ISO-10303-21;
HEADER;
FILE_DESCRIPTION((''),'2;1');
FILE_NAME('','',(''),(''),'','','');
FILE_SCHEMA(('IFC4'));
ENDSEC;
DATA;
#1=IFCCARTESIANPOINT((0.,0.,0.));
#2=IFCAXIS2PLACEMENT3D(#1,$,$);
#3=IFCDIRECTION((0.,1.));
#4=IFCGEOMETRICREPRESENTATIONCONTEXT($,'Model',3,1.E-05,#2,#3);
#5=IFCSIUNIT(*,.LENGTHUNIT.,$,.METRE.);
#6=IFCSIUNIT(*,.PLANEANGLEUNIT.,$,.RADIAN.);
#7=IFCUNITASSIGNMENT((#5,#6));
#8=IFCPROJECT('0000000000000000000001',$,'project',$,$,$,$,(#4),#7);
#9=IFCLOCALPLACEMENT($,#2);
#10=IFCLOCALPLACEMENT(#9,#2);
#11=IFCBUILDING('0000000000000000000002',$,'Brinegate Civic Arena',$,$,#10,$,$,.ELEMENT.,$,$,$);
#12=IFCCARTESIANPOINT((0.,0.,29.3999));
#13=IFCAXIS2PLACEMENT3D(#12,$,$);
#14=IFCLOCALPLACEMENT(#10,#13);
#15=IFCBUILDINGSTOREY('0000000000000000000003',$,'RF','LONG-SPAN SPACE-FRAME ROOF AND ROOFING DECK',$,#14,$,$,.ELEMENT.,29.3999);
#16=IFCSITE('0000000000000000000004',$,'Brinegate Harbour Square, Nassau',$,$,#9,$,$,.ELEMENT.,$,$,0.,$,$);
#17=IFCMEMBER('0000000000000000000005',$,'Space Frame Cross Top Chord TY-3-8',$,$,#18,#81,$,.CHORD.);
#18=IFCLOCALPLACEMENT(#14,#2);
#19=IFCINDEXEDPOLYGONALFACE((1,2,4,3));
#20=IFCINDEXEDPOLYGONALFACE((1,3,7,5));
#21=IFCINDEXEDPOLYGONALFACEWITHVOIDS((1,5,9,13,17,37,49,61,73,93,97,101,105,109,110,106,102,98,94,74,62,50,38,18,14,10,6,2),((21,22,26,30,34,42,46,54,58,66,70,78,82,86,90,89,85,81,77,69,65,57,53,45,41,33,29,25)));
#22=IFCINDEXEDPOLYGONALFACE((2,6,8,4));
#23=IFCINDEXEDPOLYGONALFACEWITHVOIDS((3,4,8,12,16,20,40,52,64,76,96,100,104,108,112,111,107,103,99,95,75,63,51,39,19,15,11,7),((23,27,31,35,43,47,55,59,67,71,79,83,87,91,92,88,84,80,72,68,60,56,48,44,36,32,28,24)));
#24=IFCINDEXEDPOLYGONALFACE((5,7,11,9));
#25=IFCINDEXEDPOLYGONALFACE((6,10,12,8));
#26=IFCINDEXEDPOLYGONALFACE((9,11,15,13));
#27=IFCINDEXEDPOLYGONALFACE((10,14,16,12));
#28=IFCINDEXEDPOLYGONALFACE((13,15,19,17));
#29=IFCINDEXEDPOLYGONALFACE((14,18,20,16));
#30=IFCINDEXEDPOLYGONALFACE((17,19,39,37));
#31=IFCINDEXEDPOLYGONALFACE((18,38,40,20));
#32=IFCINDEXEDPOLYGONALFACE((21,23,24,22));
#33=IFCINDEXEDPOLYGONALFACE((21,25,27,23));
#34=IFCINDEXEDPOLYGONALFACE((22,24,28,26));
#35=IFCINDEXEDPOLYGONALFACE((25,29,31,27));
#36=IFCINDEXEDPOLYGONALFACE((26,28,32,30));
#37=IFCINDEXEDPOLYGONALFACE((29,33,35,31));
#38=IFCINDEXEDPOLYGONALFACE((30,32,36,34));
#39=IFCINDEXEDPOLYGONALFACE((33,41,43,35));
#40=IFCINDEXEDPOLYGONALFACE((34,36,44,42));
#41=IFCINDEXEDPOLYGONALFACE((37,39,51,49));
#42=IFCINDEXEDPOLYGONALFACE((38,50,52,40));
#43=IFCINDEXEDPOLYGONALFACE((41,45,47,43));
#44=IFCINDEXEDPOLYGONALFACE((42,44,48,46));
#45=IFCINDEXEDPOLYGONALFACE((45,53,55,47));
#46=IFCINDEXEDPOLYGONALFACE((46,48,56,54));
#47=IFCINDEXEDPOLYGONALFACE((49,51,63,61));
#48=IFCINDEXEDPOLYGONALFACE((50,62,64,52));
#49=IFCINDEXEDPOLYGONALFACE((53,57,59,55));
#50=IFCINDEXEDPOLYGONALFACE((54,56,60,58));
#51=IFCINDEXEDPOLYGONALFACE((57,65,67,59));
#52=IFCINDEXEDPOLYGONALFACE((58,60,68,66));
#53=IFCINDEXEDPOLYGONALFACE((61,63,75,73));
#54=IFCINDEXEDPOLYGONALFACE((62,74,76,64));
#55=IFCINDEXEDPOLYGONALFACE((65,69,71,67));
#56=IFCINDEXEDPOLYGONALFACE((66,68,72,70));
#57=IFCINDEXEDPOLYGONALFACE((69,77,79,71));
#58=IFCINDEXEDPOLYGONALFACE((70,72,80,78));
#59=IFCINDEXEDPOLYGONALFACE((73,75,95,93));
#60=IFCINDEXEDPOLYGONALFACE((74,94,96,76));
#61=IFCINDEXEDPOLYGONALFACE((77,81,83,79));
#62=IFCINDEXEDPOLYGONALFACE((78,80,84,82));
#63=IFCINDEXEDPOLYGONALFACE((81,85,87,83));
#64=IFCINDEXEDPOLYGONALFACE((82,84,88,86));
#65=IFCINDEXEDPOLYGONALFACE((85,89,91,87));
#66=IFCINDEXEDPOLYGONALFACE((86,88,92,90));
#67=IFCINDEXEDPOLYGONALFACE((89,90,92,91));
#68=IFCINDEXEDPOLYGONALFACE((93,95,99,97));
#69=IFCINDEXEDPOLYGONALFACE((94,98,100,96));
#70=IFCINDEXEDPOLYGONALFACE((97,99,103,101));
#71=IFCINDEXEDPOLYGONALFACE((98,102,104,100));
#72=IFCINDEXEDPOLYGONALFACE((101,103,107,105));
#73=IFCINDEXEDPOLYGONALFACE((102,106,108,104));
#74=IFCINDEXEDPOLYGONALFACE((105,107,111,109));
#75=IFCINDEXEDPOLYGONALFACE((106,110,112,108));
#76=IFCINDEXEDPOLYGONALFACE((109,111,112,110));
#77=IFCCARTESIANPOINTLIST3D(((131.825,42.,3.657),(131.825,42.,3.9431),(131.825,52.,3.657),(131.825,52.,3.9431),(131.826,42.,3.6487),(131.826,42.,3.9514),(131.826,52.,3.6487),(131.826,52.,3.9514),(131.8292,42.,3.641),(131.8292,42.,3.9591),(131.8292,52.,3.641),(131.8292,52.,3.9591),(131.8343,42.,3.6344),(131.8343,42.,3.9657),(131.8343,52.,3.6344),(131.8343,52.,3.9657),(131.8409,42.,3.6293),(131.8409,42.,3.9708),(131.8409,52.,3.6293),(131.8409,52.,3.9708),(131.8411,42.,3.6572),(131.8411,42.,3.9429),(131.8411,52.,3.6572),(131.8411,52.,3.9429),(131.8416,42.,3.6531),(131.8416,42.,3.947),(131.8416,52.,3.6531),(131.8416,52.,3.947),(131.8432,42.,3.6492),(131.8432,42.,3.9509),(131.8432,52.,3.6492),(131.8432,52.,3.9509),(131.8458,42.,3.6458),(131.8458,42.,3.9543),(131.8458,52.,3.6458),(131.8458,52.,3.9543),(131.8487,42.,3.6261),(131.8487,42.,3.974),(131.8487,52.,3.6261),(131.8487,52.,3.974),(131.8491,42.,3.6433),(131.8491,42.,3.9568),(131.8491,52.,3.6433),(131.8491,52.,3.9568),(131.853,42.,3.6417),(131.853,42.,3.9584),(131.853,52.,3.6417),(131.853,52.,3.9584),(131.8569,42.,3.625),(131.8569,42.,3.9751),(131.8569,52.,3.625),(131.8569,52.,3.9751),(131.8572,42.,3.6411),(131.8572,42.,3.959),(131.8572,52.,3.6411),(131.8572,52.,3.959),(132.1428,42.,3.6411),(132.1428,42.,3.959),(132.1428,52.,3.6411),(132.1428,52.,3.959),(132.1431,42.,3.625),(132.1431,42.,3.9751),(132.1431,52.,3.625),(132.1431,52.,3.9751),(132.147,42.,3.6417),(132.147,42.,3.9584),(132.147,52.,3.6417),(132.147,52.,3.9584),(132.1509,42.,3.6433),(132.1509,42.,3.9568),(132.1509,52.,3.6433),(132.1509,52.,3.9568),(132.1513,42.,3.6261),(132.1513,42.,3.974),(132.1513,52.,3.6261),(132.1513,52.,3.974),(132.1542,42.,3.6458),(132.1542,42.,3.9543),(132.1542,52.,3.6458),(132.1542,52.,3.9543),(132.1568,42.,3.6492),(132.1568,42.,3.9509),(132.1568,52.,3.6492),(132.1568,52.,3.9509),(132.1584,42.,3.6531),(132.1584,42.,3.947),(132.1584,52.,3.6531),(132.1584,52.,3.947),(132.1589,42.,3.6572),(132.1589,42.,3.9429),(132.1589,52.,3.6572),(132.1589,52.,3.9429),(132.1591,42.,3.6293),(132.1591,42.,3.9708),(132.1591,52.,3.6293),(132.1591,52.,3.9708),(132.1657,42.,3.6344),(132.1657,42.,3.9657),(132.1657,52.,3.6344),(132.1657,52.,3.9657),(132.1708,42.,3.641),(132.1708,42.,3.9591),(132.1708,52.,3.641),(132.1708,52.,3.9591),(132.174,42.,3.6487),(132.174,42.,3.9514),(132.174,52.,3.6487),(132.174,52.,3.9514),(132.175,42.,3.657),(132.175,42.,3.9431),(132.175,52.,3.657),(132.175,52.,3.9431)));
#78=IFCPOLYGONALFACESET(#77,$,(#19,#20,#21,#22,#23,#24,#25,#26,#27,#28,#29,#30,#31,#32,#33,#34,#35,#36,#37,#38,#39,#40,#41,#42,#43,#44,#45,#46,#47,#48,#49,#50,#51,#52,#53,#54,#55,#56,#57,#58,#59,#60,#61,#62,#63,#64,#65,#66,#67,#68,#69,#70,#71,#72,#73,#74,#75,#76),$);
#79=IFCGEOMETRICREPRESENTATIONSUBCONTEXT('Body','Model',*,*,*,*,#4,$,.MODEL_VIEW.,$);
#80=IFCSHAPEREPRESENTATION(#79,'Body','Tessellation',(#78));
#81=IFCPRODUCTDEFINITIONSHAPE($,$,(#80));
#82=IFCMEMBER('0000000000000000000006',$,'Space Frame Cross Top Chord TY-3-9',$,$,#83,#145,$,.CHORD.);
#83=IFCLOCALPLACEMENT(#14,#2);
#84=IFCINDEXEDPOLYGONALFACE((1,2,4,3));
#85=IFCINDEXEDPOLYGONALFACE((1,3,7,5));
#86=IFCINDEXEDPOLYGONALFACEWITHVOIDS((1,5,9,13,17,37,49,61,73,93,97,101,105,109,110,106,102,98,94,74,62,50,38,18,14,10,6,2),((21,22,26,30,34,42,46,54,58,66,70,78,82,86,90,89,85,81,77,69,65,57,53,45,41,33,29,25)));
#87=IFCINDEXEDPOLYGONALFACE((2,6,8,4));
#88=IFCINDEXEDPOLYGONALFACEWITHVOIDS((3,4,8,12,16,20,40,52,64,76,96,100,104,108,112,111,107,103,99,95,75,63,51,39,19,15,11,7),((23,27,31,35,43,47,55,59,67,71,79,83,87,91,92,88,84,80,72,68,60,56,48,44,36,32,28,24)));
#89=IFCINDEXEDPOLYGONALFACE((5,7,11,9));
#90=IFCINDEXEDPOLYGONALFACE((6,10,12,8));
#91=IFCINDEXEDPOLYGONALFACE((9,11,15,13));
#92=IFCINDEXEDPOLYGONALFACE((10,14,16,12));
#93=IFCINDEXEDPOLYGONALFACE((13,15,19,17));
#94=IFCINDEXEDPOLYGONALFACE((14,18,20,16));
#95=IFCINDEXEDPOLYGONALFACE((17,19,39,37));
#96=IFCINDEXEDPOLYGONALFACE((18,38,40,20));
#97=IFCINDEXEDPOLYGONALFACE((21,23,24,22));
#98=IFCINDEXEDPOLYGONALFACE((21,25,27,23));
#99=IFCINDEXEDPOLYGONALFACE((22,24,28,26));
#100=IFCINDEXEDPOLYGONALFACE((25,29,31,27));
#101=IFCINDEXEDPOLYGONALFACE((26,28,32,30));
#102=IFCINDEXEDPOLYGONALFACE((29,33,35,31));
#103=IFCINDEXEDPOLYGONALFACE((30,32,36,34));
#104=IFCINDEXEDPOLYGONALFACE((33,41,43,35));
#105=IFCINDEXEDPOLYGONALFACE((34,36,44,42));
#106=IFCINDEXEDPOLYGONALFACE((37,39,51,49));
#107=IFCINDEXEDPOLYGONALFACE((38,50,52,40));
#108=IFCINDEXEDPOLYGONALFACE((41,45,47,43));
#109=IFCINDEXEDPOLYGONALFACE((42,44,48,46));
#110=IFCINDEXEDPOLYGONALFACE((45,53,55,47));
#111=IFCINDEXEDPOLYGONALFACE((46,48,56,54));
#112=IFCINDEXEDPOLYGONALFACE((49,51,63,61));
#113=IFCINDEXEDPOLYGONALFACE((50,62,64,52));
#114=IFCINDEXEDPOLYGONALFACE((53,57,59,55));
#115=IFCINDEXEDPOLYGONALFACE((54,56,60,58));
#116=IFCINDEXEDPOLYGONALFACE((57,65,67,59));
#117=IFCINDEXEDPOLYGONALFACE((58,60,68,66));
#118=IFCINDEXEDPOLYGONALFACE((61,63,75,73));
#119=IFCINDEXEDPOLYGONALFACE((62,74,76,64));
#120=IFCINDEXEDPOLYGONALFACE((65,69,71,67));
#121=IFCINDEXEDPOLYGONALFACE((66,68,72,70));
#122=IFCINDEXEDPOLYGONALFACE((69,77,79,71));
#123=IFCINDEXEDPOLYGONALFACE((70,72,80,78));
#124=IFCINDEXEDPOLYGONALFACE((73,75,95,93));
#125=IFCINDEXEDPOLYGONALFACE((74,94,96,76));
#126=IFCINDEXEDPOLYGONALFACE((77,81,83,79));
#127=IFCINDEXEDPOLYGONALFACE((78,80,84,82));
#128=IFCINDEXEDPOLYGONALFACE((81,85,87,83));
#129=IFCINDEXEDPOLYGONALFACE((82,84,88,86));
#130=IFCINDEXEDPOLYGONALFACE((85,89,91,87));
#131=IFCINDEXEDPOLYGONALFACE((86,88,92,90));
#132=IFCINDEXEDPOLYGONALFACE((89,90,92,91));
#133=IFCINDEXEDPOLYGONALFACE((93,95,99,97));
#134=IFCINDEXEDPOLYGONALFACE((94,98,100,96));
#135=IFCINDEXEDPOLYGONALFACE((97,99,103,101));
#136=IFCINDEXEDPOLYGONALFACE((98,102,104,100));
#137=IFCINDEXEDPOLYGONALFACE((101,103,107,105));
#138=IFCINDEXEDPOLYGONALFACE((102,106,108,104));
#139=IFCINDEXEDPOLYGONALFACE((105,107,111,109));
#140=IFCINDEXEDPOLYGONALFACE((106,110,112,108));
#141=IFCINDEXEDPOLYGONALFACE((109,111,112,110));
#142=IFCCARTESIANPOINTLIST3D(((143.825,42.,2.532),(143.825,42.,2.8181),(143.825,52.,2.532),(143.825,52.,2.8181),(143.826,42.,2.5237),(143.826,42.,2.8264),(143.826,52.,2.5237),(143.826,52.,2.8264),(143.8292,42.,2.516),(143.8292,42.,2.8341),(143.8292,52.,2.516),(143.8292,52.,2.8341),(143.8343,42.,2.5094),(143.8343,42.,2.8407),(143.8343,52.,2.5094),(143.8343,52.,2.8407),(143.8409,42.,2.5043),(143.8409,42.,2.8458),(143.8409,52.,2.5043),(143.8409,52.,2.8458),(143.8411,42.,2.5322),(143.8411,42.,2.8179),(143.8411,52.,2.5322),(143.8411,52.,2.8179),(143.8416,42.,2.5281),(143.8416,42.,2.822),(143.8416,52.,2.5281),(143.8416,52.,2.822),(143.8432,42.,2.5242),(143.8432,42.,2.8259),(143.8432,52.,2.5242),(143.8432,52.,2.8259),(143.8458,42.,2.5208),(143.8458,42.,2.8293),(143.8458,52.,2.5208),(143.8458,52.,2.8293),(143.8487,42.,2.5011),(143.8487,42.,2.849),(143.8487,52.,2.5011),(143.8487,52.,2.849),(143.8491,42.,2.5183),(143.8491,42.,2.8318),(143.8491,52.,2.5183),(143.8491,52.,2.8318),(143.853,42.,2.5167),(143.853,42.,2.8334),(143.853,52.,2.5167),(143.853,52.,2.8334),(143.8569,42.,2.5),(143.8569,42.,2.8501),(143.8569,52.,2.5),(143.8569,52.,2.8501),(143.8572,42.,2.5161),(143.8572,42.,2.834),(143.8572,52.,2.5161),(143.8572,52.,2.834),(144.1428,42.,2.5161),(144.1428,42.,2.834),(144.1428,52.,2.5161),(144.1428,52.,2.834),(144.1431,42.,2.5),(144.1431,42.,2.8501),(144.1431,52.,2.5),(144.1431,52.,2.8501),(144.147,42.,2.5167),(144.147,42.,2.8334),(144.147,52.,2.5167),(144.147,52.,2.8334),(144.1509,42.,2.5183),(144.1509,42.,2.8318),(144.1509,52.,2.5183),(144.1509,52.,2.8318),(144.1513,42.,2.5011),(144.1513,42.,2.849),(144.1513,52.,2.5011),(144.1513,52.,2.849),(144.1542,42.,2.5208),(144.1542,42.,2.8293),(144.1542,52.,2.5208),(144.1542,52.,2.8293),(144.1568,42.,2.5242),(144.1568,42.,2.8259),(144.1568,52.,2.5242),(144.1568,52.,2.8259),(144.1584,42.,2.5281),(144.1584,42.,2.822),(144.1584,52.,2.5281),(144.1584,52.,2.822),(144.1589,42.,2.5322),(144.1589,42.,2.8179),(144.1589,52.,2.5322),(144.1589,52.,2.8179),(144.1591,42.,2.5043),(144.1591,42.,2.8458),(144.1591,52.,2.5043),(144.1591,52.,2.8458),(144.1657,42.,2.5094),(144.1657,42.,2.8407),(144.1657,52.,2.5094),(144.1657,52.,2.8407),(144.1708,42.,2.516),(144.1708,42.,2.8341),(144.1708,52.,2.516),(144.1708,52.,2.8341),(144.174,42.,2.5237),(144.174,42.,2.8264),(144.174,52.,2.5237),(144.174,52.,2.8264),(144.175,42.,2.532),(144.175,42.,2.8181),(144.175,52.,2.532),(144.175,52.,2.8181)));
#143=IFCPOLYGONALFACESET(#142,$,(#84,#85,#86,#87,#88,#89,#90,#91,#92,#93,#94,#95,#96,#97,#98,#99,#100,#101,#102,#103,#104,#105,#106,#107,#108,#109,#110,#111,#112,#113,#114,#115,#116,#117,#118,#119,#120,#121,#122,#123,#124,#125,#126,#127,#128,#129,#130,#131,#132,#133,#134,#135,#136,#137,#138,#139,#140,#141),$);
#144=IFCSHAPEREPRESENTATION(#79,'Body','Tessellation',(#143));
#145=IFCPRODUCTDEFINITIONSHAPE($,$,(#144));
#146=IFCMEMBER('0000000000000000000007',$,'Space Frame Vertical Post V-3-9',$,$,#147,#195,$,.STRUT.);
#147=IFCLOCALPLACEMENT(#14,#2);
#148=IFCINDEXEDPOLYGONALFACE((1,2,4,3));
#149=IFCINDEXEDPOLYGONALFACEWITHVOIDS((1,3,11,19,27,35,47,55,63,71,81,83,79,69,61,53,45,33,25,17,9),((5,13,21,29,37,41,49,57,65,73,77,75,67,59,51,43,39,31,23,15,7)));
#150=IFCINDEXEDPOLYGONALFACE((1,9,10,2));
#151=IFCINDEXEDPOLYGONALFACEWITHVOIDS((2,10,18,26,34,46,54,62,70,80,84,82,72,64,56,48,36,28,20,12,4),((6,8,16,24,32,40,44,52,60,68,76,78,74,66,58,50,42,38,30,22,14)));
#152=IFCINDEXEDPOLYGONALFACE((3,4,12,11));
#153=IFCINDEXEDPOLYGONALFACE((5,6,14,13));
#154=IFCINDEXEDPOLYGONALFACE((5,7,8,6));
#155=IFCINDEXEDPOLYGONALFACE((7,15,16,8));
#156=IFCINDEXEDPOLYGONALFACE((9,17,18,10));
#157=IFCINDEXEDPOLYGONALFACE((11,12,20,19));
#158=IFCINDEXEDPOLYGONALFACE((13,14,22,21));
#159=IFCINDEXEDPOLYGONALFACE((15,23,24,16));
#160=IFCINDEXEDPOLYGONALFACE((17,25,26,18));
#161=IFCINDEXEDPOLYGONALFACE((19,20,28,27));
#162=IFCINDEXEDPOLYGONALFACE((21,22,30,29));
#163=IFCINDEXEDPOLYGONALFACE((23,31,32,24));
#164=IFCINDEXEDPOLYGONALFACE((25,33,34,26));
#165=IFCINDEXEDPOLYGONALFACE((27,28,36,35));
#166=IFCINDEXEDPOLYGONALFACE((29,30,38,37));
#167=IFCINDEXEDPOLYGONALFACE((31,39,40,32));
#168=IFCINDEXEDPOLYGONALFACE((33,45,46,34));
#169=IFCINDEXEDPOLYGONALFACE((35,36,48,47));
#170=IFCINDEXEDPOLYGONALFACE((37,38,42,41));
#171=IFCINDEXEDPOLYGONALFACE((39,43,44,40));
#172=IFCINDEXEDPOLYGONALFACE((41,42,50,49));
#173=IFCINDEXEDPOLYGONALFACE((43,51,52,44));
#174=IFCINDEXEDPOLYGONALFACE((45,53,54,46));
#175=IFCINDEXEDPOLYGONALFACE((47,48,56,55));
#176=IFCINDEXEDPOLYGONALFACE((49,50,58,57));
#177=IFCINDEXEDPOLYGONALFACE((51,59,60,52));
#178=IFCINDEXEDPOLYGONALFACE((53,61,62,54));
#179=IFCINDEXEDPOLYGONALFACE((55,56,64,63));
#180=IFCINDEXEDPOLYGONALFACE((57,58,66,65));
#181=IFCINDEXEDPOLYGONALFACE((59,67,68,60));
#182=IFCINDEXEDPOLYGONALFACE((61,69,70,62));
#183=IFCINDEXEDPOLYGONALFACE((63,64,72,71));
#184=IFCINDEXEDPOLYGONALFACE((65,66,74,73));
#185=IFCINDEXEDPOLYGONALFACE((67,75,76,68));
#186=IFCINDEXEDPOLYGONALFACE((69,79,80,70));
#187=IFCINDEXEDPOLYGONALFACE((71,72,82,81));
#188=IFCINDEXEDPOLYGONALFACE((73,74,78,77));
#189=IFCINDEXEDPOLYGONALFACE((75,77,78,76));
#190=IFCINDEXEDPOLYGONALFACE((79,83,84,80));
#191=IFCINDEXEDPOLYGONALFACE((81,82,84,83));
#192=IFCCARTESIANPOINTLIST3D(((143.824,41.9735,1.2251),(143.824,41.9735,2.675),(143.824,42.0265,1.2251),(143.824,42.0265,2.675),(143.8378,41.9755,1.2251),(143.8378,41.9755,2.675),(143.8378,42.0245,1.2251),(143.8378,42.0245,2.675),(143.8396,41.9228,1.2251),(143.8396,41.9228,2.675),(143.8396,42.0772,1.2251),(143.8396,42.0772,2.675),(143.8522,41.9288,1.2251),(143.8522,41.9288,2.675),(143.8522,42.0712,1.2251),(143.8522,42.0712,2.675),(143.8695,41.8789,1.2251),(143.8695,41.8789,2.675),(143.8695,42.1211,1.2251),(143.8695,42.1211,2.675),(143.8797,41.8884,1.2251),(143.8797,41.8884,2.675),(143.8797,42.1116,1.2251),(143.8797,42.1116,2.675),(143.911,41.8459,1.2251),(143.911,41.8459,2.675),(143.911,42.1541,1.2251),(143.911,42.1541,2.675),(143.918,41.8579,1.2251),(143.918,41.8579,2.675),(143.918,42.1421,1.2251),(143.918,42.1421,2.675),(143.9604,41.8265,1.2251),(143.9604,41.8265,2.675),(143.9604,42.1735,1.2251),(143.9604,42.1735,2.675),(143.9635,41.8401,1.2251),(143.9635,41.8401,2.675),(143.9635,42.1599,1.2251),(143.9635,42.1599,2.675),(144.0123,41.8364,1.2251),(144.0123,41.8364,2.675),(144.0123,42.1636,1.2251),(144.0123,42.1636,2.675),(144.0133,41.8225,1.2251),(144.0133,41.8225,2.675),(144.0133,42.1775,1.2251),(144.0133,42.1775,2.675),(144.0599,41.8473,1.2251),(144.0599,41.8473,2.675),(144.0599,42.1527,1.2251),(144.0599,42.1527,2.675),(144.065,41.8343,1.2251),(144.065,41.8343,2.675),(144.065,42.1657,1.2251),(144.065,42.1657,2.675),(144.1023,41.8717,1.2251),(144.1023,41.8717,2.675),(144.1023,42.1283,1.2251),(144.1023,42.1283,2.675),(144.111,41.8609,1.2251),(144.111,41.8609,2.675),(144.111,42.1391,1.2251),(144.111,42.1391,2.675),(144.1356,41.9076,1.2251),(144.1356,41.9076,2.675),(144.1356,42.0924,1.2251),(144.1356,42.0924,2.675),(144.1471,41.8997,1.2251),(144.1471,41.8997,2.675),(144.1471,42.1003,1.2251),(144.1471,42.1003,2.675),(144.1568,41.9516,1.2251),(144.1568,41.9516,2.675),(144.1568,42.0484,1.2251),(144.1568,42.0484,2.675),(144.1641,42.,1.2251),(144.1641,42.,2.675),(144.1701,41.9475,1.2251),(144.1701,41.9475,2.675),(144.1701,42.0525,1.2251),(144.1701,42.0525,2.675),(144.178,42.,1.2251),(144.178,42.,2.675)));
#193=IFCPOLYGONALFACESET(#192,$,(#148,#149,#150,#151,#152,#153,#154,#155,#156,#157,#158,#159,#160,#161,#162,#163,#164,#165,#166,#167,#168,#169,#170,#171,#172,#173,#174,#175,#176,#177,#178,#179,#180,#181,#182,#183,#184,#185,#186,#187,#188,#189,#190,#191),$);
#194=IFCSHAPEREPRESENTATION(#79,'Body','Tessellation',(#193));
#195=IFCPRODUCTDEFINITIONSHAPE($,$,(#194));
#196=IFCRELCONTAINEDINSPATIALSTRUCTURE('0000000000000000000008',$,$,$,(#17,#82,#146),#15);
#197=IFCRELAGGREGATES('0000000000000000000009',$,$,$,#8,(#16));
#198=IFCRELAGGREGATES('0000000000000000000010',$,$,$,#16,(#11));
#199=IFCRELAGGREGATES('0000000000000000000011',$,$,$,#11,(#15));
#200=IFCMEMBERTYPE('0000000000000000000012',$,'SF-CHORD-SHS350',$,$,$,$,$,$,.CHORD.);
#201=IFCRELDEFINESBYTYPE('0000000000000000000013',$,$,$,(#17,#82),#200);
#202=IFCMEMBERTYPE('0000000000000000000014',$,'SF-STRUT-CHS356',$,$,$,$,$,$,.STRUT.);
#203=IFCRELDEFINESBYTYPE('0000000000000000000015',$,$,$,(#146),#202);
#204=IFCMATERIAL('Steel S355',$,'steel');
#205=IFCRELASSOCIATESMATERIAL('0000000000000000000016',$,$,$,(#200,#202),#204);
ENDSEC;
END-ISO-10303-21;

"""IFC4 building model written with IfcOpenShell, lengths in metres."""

from ifc_helpers import new_model, si_unit, direction, frame, origin, origin_2d, place, context, subcontext, project, spatial, hollow_rectangle, hollow_circle, extrude, material, material_profile, profile_set, type_object, element, save


model = new_model("IFC4")

# Units and contexts
model_context = context("Model", 3, precision=1e-05, world=origin(), true_north=direction((0.0, 1.0)))
body_context = subcontext(model_context, "Body", "Model", "MODEL_VIEW")
ifc_project = project(units=[si_unit("LENGTHUNIT", "METRE"), si_unit("PLANEANGLEUNIT", "RADIAN")], contexts=[model_context])

# Site, building, storey
site_placement = place(None, origin())
site = spatial("IfcSite", under=ifc_project, at=site_placement, Name="Brinegate Harbour Square, Nassau", CompositionType="ELEMENT", RefElevation=0.0)
building_placement = place(site_placement, origin())
building = spatial("IfcBuilding", under=site, at=building_placement, Name="Brinegate Civic Arena", CompositionType="ELEMENT")
storey_placement = place(building_placement, frame((0.0, 0.0, 29.3999)))
storey = spatial("IfcBuildingStorey", under=building, at=storey_placement, Name="RF", Description="LONG-SPAN SPACE-FRAME ROOF AND ROOFING DECK", CompositionType="ELEMENT", Elevation=29.3999)

# Shared definitions
ifc_material_1 = material(Name="Steel S355", Category="steel")

# Members
ifc_material_profile_1 = material_profile(ifc_material_1, hollow_rectangle(XDim=0.3501, YDim=0.3501, WallThickness=0.0161, InnerFilletRadius=0.0161, OuterFilletRadius=0.032, at=origin_2d()), Name="SHS350X16")
ifc_profile_set_1 = profile_set([ifc_material_profile_1], Name="Steel S355")
member_type_1 = type_object("IfcMemberType", Name="SF-CHORD-SHS350", PredefinedType="CHORD", material=ifc_profile_set_1)
for number, where, z_axis, x_axis, name in (
    (1, (132.0, 42.0, 3.8), (0.0, 1.0, 0.0), (-1.0, 0.0, 0.0), "Space Frame Cross Top Chord TY-3-8"),
    (2, (144.0, 42.0, 2.675), (0.0, 1.0, 0.0), (-1.0, 0.0, 0.0), "Space Frame Cross Top Chord TY-3-9"),
):
    element("IfcMember", number, at=place(storey_placement, frame(where, z_axis=z_axis, x_axis=x_axis)), inside=storey, type_object=member_type_1, Name=name, PredefinedType="CHORD", context=body_context, shape_type="SweptSolid", body=[
        extrude(hollow_rectangle(XDim=0.3501, YDim=0.3501, WallThickness=0.0161, InnerFilletRadius=0.0161, OuterFilletRadius=0.032, at=origin_2d()), origin(), (0.0, 0.0, 1.0), 10.0),
    ])
ifc_material_profile_2 = material_profile(ifc_material_1, hollow_circle(Radius=0.178, WallThickness=0.0139, at=origin_2d()), Name="CHS356X14")
ifc_profile_set_2 = profile_set([ifc_material_profile_2], Name="Steel S355")
member_type_2 = type_object("IfcMemberType", Name="SF-STRUT-CHS356", PredefinedType="STRUT", material=ifc_profile_set_2)
member_1_placement = place(storey_placement, frame((144.0, 42.0, 1.2251), z_axis=(0.0, 0.0, 1.0), x_axis=(1.0, 0.0, 0.0)))
element("IfcMember", 3, at=member_1_placement, inside=storey, type_object=member_type_2, Name="Space Frame Vertical Post V-3-9", PredefinedType="STRUT", context=body_context, shape_type="SweptSolid", body=[
    extrude(hollow_circle(Radius=0.178, WallThickness=0.0139, at=origin_2d()), origin(), (0.0, 0.0, 1.0), 1.45),
])

save(model, "model.ifc")
